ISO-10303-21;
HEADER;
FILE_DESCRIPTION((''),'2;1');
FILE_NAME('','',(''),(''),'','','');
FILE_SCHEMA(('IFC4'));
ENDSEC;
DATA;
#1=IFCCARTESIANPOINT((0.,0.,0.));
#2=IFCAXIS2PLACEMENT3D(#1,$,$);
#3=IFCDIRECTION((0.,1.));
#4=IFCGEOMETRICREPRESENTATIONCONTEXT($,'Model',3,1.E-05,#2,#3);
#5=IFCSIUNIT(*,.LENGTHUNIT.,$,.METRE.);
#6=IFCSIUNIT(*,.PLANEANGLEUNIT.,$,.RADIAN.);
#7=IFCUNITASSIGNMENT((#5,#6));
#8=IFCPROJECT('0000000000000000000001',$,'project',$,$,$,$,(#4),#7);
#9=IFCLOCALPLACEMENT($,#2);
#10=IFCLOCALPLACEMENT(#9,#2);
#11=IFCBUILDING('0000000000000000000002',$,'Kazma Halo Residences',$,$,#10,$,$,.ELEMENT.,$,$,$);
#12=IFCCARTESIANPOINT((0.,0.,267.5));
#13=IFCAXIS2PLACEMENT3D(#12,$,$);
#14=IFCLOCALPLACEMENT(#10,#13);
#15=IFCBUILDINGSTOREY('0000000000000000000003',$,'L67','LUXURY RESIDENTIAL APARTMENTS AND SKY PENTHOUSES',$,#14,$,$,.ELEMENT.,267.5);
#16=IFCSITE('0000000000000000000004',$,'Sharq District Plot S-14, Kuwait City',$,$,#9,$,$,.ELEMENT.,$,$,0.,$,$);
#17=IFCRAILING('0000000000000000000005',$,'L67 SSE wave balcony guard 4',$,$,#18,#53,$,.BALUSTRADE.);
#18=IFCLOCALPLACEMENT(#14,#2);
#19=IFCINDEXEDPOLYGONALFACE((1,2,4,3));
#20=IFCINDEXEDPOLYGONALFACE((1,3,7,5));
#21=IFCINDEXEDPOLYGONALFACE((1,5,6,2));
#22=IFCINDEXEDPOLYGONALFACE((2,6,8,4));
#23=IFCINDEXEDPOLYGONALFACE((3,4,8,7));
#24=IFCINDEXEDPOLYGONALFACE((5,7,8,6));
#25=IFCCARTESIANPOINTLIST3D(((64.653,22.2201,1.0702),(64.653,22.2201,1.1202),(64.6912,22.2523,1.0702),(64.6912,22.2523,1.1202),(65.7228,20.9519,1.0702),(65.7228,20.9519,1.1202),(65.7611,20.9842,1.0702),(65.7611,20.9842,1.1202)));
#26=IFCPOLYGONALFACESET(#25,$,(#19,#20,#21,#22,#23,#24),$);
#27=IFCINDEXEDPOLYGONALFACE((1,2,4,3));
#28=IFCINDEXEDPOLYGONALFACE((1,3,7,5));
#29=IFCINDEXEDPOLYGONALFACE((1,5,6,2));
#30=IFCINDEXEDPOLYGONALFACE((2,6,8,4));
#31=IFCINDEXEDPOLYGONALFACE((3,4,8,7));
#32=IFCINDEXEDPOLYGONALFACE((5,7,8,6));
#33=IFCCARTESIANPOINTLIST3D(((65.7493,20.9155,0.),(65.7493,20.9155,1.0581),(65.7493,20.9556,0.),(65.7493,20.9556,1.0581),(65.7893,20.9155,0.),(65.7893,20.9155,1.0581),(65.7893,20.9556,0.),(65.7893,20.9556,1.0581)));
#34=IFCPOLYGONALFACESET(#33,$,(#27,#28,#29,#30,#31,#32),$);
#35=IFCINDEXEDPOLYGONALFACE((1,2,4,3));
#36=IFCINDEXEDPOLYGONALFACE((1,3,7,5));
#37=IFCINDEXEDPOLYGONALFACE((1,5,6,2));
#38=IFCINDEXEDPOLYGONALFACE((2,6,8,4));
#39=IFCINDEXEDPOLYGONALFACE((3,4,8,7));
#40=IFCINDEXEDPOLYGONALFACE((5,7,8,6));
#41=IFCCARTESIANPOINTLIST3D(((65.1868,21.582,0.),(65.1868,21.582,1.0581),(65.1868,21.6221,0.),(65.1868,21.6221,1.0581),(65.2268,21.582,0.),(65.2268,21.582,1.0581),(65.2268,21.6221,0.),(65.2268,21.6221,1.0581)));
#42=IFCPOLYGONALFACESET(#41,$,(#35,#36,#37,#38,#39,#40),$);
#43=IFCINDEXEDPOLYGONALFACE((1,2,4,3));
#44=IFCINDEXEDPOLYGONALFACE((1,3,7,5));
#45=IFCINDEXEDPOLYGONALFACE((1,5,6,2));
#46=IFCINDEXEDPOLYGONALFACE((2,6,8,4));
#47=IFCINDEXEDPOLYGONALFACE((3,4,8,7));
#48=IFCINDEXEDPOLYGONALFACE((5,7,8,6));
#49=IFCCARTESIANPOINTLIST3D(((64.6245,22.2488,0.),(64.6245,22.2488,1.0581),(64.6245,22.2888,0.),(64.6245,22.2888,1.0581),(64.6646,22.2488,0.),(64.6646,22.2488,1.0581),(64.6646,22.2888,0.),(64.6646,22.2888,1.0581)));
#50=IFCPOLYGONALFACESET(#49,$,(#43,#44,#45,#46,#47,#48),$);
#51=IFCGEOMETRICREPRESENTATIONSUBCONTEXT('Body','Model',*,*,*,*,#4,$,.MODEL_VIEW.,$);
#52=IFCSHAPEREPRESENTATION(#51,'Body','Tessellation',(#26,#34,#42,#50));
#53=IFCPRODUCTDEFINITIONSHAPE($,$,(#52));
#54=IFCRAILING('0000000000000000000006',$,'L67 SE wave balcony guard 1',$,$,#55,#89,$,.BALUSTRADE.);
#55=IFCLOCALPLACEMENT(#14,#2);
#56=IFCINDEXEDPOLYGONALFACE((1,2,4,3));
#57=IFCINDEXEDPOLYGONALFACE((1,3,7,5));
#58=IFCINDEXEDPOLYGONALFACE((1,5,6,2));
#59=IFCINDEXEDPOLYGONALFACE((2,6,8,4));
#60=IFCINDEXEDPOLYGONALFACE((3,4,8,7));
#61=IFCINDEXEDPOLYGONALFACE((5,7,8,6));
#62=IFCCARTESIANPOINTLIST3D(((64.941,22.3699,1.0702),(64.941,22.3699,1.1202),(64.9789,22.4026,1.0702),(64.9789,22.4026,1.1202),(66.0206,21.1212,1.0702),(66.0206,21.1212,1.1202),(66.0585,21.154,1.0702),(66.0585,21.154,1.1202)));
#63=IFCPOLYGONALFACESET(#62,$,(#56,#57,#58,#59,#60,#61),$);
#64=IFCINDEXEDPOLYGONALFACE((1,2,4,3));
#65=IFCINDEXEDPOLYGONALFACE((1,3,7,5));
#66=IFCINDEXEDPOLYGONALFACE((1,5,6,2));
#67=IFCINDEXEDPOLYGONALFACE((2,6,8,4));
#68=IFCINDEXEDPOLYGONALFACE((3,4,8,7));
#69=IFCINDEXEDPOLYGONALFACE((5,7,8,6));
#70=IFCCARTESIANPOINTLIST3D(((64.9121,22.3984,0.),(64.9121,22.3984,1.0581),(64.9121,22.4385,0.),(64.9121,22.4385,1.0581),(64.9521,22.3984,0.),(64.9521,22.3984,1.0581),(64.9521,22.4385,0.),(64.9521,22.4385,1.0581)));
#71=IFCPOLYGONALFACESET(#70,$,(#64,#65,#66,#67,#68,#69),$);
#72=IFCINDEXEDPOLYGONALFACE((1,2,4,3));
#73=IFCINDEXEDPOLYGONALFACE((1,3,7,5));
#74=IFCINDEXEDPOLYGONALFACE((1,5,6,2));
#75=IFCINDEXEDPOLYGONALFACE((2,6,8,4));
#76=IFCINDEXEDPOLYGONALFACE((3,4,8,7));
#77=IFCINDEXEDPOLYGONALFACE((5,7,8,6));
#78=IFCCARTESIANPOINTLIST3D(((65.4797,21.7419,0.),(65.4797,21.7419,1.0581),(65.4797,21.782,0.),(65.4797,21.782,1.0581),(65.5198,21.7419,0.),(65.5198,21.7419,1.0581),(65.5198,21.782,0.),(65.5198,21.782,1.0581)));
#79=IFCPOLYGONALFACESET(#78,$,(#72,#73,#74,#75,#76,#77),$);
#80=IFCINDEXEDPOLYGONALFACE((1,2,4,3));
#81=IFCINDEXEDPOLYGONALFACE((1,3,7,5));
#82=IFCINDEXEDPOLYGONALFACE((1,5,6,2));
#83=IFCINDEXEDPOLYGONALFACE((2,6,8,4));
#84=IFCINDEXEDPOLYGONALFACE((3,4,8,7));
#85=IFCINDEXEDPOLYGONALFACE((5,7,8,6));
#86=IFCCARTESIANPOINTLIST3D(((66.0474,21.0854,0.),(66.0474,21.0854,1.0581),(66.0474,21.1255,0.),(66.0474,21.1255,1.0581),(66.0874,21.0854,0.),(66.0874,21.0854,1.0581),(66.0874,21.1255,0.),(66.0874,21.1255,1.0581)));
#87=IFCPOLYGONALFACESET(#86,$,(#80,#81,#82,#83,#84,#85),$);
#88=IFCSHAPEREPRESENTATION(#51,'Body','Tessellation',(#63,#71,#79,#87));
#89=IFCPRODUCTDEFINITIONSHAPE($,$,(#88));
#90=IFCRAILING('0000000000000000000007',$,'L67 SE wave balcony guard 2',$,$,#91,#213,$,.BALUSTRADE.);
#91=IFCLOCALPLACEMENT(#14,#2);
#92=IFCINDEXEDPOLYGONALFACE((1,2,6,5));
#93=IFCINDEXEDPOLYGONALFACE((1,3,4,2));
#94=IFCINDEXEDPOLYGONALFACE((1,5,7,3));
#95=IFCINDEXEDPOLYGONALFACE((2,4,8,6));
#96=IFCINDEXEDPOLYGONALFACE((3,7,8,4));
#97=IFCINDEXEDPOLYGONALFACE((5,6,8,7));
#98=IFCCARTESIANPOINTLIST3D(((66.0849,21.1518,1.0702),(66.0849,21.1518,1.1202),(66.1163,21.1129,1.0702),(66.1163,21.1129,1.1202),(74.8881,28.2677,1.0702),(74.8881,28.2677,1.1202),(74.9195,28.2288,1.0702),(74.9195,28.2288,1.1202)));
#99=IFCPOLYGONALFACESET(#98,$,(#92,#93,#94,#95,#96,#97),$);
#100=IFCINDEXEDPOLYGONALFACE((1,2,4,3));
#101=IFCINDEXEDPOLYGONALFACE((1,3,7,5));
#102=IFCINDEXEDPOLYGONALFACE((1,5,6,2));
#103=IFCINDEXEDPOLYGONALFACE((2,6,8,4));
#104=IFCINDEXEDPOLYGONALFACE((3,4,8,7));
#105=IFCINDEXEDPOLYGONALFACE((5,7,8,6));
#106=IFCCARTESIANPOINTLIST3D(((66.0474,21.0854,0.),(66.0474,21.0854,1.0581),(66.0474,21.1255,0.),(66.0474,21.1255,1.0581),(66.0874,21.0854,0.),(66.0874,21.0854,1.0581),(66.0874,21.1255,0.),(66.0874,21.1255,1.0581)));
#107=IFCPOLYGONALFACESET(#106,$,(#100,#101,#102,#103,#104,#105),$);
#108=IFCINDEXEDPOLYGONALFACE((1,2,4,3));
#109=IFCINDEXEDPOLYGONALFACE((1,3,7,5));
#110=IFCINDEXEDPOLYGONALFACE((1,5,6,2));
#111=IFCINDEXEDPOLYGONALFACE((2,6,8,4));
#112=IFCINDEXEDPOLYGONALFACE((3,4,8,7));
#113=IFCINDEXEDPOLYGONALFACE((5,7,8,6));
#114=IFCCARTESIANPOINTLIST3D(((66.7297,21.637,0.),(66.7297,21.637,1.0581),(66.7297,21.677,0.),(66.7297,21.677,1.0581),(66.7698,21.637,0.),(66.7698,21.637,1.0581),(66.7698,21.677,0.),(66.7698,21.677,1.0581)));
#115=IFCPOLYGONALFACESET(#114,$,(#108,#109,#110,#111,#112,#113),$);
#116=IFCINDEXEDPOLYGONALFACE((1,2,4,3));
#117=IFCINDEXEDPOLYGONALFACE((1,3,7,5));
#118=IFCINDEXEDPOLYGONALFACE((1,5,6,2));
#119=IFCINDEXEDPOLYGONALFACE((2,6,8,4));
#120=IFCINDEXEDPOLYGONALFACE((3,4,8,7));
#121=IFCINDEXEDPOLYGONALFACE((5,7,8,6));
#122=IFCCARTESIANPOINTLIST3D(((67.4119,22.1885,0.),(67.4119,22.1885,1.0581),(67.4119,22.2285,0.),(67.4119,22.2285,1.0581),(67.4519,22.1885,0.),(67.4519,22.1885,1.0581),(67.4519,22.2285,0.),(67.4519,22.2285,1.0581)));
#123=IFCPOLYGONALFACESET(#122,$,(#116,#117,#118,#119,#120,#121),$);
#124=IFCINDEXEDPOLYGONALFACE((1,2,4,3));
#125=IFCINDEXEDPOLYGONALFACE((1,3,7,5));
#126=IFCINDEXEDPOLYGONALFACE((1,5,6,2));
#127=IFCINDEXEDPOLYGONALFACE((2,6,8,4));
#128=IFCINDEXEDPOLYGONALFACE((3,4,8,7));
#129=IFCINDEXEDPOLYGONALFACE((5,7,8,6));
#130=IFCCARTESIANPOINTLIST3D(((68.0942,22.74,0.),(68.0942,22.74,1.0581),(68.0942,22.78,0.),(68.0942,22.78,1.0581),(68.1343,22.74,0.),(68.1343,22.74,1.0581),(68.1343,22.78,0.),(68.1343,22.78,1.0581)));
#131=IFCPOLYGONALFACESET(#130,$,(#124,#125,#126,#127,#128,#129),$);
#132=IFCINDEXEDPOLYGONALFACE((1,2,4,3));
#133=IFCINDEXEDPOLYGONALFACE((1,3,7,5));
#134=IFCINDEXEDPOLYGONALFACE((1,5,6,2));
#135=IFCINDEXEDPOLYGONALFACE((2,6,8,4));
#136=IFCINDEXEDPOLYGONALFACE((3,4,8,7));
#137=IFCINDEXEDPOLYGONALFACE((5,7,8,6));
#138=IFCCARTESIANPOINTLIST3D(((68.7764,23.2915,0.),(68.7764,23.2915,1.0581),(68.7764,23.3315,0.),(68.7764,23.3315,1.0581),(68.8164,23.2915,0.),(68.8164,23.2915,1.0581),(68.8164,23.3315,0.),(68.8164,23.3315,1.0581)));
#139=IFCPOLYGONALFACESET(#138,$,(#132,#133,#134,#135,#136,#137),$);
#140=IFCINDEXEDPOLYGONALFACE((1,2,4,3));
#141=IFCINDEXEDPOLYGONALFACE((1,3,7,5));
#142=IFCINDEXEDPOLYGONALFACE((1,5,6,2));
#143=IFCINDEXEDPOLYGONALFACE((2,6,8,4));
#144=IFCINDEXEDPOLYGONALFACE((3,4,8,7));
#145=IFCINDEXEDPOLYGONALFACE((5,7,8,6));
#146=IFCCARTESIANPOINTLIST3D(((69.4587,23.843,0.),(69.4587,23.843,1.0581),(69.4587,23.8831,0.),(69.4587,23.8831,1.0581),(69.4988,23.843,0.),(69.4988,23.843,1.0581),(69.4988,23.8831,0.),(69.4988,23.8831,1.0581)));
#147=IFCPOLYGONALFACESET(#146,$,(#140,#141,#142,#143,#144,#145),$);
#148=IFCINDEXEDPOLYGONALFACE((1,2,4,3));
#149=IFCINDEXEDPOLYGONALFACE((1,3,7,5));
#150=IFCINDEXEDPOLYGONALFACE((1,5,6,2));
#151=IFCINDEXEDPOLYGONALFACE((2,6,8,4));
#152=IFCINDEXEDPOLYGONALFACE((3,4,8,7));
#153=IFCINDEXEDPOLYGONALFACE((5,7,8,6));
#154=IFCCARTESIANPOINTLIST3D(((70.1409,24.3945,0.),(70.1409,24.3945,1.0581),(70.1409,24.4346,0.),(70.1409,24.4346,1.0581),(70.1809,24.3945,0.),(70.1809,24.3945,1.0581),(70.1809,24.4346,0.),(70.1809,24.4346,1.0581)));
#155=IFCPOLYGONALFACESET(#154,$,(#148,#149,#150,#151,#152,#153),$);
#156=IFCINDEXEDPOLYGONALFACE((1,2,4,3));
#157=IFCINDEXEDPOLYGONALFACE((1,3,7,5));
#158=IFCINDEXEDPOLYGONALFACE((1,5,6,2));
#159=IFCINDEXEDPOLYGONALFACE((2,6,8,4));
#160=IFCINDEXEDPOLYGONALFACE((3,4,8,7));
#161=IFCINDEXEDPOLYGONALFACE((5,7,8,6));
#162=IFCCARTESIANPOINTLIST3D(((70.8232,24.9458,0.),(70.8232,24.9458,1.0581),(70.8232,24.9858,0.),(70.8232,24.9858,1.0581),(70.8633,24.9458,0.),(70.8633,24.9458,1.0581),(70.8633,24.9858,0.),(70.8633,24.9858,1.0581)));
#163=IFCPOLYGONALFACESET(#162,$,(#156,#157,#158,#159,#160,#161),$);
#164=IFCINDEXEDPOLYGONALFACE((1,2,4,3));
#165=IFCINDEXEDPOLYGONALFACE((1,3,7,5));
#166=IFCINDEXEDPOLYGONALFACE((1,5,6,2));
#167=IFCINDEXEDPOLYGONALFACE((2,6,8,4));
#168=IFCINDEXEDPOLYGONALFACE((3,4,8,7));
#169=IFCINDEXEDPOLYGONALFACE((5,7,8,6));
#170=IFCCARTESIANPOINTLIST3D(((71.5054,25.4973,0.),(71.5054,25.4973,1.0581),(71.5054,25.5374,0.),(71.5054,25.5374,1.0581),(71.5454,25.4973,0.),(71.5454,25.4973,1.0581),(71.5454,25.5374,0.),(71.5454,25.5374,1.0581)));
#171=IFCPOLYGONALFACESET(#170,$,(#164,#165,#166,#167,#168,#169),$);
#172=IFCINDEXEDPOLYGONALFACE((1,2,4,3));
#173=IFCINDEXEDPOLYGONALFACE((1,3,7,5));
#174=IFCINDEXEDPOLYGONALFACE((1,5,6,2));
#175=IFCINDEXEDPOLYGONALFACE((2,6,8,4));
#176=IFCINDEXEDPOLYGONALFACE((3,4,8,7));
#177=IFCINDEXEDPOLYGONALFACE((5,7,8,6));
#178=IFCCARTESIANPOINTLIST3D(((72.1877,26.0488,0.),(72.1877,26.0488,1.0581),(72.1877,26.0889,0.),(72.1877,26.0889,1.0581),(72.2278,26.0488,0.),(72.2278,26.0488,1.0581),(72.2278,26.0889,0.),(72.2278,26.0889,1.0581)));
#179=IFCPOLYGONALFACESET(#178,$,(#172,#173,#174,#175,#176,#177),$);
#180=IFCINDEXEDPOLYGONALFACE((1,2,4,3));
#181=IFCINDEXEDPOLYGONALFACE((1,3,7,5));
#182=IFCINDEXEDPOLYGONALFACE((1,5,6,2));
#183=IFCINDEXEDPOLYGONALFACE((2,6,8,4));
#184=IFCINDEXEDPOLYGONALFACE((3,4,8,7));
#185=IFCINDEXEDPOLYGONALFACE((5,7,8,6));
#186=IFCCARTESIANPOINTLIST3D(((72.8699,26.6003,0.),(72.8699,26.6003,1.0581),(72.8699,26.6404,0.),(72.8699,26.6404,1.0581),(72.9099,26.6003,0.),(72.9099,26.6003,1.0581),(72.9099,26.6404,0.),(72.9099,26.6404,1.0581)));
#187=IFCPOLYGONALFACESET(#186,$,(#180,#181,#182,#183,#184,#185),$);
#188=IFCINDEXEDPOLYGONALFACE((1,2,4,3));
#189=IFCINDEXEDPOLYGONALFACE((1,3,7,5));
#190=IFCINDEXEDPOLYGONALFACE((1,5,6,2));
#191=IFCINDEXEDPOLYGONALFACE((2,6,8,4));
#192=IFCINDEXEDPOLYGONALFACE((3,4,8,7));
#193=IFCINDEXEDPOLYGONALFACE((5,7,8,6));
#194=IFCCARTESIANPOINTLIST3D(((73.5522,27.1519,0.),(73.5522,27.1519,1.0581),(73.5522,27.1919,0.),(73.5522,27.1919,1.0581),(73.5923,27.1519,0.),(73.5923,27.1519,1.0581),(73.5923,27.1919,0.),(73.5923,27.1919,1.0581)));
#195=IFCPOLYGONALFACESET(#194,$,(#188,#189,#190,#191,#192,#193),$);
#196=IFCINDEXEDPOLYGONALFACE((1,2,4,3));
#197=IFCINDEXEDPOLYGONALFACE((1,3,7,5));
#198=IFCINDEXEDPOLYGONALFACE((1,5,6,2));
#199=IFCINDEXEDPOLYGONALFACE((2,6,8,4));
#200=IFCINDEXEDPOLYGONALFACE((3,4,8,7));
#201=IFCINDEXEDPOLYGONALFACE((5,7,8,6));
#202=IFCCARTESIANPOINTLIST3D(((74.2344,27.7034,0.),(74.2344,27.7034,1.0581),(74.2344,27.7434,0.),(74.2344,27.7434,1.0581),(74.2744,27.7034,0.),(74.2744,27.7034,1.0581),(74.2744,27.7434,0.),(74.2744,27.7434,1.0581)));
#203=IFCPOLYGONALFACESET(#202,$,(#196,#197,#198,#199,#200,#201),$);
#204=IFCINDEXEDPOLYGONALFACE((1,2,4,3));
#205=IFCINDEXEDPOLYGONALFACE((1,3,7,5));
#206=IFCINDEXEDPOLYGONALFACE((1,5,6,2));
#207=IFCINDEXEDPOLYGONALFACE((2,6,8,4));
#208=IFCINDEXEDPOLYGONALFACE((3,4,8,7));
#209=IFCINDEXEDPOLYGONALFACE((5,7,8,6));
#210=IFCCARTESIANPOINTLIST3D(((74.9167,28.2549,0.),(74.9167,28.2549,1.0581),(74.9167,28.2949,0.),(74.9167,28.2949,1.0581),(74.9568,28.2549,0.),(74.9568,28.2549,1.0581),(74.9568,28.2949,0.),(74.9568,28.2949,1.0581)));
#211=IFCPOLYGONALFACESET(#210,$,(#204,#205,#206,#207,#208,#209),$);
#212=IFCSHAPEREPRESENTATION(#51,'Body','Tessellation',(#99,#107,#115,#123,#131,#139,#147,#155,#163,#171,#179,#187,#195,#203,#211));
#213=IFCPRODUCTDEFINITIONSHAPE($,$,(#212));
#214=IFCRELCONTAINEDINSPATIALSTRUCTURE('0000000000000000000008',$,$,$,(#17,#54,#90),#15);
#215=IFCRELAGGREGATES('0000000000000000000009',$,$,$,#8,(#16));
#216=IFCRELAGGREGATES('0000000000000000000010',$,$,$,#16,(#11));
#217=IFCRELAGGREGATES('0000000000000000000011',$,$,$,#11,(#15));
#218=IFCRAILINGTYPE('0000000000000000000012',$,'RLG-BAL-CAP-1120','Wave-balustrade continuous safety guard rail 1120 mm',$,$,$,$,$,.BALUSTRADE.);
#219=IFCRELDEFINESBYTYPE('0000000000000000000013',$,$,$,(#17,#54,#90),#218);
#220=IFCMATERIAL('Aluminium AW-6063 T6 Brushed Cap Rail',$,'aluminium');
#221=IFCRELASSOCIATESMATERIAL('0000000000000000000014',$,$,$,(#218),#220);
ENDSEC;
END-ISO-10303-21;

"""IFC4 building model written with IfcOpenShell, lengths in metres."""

from ifc_helpers import new_model, si_unit, direction, frame, origin, origin_2d, place, context, subcontext, project, spatial, rectangle, extrude, material, type_object, element, save


model = new_model("IFC4")

# Units and contexts
model_context = context("Model", 3, precision=1e-05, world=origin(), true_north=direction((0.0, 1.0)))
body_context = subcontext(model_context, "Body", "Model", "MODEL_VIEW")
ifc_project = project(units=[si_unit("LENGTHUNIT", "METRE"), si_unit("PLANEANGLEUNIT", "RADIAN")], contexts=[model_context])

# Site, building, storey
site_placement = place(None, origin())
site = spatial("IfcSite", under=ifc_project, at=site_placement, Name="Sharq District Plot S-14, Kuwait City", CompositionType="ELEMENT", RefElevation=0.0)
building_placement = place(site_placement, origin())
building = spatial("IfcBuilding", under=site, at=building_placement, Name="Kazma Halo Residences", CompositionType="ELEMENT")
storey_placement = place(building_placement, frame((0.0, 0.0, 267.5)))
storey = spatial("IfcBuildingStorey", under=building, at=storey_placement, Name="L67", Description="LUXURY RESIDENTIAL APARTMENTS AND SKY PENTHOUSES", CompositionType="ELEMENT", Elevation=267.5)

# Railings
ifc_material_1 = material(Name="Aluminium AW-6063 T6 Brushed Cap Rail", Category="aluminium")
railing_type = type_object("IfcRailingType", Name="RLG-BAL-CAP-1120", Description="Wave-balustrade continuous safety guard rail 1120 mm", PredefinedType="BALUSTRADE", material=ifc_material_1)
railing_1_placement = place(storey_placement, frame((65.7693, 20.9355, 0.0)))
element("IfcRailing", 1, at=railing_1_placement, inside=storey, type_object=railing_type, Name="L67 SSE wave balcony guard 4", PredefinedType="BALUSTRADE", context=body_context, shape_type="SweptSolid", body=[
    extrude(rectangle(XDim=0.05, YDim=0.05, at=origin_2d()), frame((-0.0273, 0.0325, 1.0952), z_axis=(-0.644812, 0.764341, 0.0), x_axis=(-0.764341, -0.644812, 0.0)), (0.0, 0.0, 1.0), 1.6592),
    extrude(rectangle(XDim=0.04, YDim=0.04, at=origin_2d()), origin(), (0.0, 0.0, 1.0), 1.0581),
    extrude(rectangle(XDim=0.04, YDim=0.04, at=origin_2d()), frame((-0.5625, 0.6665, 0.0)), (0.0, 0.0, 1.0), 1.0581),
    extrude(rectangle(XDim=0.04, YDim=0.04, at=origin_2d()), frame((-1.1248, 1.3333, 0.0)), (0.0, 0.0, 1.0), 1.0581),
])
railing_2_placement = place(storey_placement, frame((64.9321, 22.4185, 0.0)))
element("IfcRailing", 2, at=railing_2_placement, inside=storey, type_object=railing_type, Name="L67 SE wave balcony guard 1", PredefinedType="BALUSTRADE", context=body_context, shape_type="SweptSolid", body=[
    extrude(rectangle(XDim=0.05, YDim=0.05, at=origin_2d()), frame((0.0278, -0.0322, 1.0952), z_axis=(0.654052, -0.75645, 0.0), x_axis=(0.75645, 0.654052, 0.0)), (0.0, 0.0, 1.0), 1.6506),
    extrude(rectangle(XDim=0.04, YDim=0.04, at=origin_2d()), origin(), (0.0, 0.0, 1.0), 1.0581),
    extrude(rectangle(XDim=0.04, YDim=0.04, at=origin_2d()), frame((0.5676, -0.6565, 0.0)), (0.0, 0.0, 1.0), 1.0581),
    extrude(rectangle(XDim=0.04, YDim=0.04, at=origin_2d()), frame((1.1353, -1.313, 0.0)), (0.0, 0.0, 1.0), 1.0581),
])
railing_3_placement = place(storey_placement, frame((66.0674, 21.1055, 0.0)))
element("IfcRailing", 3, at=railing_3_placement, inside=storey, type_object=railing_type, Name="L67 SE wave balcony guard 2", PredefinedType="BALUSTRADE", context=body_context, shape_type="SweptSolid", body=[
    extrude(rectangle(XDim=0.05, YDim=0.05, at=origin_2d()), frame((0.0332, 0.0269, 1.0952), z_axis=(0.777697, 0.62864, 0.0), x_axis=(-0.62864, 0.777697, 0.0)), (0.0, 0.0, 1.0), 11.3196),
    extrude(rectangle(XDim=0.04, YDim=0.04, at=origin_2d()), origin(), (0.0, 0.0, 1.0), 1.0581),
    extrude(rectangle(XDim=0.04, YDim=0.04, at=origin_2d()), frame((0.6824, 0.5515, 0.0)), (0.0, 0.0, 1.0), 1.0581),
    extrude(rectangle(XDim=0.04, YDim=0.04, at=origin_2d()), frame((1.3645, 1.103, 0.0)), (0.0, 0.0, 1.0), 1.0581),
    extrude(rectangle(XDim=0.04, YDim=0.04, at=origin_2d()), frame((2.0469, 1.6545, 0.0)), (0.0, 0.0, 1.0), 1.0581),
    extrude(rectangle(XDim=0.04, YDim=0.04, at=origin_2d()), frame((2.729, 2.2061, 0.0)), (0.0, 0.0, 1.0), 1.0581),
    extrude(rectangle(XDim=0.04, YDim=0.04, at=origin_2d()), frame((3.4114, 2.7576, 0.0)), (0.0, 0.0, 1.0), 1.0581),
    extrude(rectangle(XDim=0.04, YDim=0.04, at=origin_2d()), frame((4.0935, 3.3091, 0.0)), (0.0, 0.0, 1.0), 1.0581),
    extrude(rectangle(XDim=0.04, YDim=0.04, at=origin_2d()), frame((4.7759, 3.8604, 0.0)), (0.0, 0.0, 1.0), 1.0581),
    extrude(rectangle(XDim=0.04, YDim=0.04, at=origin_2d()), frame((5.458, 4.4119, 0.0)), (0.0, 0.0, 1.0), 1.0581),
    extrude(rectangle(XDim=0.04, YDim=0.04, at=origin_2d()), frame((6.1404, 4.9634, 0.0)), (0.0, 0.0, 1.0), 1.0581),
    extrude(rectangle(XDim=0.04, YDim=0.04, at=origin_2d()), frame((6.8225, 5.5149, 0.0)), (0.0, 0.0, 1.0), 1.0581),
    extrude(rectangle(XDim=0.04, YDim=0.04, at=origin_2d()), frame((7.5049, 6.0664, 0.0)), (0.0, 0.0, 1.0), 1.0581),
    extrude(rectangle(XDim=0.04, YDim=0.04, at=origin_2d()), frame((8.187, 6.6179, 0.0)), (0.0, 0.0, 1.0), 1.0581),
    extrude(rectangle(XDim=0.04, YDim=0.04, at=origin_2d()), frame((8.8694, 7.1694, 0.0)), (0.0, 0.0, 1.0), 1.0581),
])

save(model, "model.ifc")
